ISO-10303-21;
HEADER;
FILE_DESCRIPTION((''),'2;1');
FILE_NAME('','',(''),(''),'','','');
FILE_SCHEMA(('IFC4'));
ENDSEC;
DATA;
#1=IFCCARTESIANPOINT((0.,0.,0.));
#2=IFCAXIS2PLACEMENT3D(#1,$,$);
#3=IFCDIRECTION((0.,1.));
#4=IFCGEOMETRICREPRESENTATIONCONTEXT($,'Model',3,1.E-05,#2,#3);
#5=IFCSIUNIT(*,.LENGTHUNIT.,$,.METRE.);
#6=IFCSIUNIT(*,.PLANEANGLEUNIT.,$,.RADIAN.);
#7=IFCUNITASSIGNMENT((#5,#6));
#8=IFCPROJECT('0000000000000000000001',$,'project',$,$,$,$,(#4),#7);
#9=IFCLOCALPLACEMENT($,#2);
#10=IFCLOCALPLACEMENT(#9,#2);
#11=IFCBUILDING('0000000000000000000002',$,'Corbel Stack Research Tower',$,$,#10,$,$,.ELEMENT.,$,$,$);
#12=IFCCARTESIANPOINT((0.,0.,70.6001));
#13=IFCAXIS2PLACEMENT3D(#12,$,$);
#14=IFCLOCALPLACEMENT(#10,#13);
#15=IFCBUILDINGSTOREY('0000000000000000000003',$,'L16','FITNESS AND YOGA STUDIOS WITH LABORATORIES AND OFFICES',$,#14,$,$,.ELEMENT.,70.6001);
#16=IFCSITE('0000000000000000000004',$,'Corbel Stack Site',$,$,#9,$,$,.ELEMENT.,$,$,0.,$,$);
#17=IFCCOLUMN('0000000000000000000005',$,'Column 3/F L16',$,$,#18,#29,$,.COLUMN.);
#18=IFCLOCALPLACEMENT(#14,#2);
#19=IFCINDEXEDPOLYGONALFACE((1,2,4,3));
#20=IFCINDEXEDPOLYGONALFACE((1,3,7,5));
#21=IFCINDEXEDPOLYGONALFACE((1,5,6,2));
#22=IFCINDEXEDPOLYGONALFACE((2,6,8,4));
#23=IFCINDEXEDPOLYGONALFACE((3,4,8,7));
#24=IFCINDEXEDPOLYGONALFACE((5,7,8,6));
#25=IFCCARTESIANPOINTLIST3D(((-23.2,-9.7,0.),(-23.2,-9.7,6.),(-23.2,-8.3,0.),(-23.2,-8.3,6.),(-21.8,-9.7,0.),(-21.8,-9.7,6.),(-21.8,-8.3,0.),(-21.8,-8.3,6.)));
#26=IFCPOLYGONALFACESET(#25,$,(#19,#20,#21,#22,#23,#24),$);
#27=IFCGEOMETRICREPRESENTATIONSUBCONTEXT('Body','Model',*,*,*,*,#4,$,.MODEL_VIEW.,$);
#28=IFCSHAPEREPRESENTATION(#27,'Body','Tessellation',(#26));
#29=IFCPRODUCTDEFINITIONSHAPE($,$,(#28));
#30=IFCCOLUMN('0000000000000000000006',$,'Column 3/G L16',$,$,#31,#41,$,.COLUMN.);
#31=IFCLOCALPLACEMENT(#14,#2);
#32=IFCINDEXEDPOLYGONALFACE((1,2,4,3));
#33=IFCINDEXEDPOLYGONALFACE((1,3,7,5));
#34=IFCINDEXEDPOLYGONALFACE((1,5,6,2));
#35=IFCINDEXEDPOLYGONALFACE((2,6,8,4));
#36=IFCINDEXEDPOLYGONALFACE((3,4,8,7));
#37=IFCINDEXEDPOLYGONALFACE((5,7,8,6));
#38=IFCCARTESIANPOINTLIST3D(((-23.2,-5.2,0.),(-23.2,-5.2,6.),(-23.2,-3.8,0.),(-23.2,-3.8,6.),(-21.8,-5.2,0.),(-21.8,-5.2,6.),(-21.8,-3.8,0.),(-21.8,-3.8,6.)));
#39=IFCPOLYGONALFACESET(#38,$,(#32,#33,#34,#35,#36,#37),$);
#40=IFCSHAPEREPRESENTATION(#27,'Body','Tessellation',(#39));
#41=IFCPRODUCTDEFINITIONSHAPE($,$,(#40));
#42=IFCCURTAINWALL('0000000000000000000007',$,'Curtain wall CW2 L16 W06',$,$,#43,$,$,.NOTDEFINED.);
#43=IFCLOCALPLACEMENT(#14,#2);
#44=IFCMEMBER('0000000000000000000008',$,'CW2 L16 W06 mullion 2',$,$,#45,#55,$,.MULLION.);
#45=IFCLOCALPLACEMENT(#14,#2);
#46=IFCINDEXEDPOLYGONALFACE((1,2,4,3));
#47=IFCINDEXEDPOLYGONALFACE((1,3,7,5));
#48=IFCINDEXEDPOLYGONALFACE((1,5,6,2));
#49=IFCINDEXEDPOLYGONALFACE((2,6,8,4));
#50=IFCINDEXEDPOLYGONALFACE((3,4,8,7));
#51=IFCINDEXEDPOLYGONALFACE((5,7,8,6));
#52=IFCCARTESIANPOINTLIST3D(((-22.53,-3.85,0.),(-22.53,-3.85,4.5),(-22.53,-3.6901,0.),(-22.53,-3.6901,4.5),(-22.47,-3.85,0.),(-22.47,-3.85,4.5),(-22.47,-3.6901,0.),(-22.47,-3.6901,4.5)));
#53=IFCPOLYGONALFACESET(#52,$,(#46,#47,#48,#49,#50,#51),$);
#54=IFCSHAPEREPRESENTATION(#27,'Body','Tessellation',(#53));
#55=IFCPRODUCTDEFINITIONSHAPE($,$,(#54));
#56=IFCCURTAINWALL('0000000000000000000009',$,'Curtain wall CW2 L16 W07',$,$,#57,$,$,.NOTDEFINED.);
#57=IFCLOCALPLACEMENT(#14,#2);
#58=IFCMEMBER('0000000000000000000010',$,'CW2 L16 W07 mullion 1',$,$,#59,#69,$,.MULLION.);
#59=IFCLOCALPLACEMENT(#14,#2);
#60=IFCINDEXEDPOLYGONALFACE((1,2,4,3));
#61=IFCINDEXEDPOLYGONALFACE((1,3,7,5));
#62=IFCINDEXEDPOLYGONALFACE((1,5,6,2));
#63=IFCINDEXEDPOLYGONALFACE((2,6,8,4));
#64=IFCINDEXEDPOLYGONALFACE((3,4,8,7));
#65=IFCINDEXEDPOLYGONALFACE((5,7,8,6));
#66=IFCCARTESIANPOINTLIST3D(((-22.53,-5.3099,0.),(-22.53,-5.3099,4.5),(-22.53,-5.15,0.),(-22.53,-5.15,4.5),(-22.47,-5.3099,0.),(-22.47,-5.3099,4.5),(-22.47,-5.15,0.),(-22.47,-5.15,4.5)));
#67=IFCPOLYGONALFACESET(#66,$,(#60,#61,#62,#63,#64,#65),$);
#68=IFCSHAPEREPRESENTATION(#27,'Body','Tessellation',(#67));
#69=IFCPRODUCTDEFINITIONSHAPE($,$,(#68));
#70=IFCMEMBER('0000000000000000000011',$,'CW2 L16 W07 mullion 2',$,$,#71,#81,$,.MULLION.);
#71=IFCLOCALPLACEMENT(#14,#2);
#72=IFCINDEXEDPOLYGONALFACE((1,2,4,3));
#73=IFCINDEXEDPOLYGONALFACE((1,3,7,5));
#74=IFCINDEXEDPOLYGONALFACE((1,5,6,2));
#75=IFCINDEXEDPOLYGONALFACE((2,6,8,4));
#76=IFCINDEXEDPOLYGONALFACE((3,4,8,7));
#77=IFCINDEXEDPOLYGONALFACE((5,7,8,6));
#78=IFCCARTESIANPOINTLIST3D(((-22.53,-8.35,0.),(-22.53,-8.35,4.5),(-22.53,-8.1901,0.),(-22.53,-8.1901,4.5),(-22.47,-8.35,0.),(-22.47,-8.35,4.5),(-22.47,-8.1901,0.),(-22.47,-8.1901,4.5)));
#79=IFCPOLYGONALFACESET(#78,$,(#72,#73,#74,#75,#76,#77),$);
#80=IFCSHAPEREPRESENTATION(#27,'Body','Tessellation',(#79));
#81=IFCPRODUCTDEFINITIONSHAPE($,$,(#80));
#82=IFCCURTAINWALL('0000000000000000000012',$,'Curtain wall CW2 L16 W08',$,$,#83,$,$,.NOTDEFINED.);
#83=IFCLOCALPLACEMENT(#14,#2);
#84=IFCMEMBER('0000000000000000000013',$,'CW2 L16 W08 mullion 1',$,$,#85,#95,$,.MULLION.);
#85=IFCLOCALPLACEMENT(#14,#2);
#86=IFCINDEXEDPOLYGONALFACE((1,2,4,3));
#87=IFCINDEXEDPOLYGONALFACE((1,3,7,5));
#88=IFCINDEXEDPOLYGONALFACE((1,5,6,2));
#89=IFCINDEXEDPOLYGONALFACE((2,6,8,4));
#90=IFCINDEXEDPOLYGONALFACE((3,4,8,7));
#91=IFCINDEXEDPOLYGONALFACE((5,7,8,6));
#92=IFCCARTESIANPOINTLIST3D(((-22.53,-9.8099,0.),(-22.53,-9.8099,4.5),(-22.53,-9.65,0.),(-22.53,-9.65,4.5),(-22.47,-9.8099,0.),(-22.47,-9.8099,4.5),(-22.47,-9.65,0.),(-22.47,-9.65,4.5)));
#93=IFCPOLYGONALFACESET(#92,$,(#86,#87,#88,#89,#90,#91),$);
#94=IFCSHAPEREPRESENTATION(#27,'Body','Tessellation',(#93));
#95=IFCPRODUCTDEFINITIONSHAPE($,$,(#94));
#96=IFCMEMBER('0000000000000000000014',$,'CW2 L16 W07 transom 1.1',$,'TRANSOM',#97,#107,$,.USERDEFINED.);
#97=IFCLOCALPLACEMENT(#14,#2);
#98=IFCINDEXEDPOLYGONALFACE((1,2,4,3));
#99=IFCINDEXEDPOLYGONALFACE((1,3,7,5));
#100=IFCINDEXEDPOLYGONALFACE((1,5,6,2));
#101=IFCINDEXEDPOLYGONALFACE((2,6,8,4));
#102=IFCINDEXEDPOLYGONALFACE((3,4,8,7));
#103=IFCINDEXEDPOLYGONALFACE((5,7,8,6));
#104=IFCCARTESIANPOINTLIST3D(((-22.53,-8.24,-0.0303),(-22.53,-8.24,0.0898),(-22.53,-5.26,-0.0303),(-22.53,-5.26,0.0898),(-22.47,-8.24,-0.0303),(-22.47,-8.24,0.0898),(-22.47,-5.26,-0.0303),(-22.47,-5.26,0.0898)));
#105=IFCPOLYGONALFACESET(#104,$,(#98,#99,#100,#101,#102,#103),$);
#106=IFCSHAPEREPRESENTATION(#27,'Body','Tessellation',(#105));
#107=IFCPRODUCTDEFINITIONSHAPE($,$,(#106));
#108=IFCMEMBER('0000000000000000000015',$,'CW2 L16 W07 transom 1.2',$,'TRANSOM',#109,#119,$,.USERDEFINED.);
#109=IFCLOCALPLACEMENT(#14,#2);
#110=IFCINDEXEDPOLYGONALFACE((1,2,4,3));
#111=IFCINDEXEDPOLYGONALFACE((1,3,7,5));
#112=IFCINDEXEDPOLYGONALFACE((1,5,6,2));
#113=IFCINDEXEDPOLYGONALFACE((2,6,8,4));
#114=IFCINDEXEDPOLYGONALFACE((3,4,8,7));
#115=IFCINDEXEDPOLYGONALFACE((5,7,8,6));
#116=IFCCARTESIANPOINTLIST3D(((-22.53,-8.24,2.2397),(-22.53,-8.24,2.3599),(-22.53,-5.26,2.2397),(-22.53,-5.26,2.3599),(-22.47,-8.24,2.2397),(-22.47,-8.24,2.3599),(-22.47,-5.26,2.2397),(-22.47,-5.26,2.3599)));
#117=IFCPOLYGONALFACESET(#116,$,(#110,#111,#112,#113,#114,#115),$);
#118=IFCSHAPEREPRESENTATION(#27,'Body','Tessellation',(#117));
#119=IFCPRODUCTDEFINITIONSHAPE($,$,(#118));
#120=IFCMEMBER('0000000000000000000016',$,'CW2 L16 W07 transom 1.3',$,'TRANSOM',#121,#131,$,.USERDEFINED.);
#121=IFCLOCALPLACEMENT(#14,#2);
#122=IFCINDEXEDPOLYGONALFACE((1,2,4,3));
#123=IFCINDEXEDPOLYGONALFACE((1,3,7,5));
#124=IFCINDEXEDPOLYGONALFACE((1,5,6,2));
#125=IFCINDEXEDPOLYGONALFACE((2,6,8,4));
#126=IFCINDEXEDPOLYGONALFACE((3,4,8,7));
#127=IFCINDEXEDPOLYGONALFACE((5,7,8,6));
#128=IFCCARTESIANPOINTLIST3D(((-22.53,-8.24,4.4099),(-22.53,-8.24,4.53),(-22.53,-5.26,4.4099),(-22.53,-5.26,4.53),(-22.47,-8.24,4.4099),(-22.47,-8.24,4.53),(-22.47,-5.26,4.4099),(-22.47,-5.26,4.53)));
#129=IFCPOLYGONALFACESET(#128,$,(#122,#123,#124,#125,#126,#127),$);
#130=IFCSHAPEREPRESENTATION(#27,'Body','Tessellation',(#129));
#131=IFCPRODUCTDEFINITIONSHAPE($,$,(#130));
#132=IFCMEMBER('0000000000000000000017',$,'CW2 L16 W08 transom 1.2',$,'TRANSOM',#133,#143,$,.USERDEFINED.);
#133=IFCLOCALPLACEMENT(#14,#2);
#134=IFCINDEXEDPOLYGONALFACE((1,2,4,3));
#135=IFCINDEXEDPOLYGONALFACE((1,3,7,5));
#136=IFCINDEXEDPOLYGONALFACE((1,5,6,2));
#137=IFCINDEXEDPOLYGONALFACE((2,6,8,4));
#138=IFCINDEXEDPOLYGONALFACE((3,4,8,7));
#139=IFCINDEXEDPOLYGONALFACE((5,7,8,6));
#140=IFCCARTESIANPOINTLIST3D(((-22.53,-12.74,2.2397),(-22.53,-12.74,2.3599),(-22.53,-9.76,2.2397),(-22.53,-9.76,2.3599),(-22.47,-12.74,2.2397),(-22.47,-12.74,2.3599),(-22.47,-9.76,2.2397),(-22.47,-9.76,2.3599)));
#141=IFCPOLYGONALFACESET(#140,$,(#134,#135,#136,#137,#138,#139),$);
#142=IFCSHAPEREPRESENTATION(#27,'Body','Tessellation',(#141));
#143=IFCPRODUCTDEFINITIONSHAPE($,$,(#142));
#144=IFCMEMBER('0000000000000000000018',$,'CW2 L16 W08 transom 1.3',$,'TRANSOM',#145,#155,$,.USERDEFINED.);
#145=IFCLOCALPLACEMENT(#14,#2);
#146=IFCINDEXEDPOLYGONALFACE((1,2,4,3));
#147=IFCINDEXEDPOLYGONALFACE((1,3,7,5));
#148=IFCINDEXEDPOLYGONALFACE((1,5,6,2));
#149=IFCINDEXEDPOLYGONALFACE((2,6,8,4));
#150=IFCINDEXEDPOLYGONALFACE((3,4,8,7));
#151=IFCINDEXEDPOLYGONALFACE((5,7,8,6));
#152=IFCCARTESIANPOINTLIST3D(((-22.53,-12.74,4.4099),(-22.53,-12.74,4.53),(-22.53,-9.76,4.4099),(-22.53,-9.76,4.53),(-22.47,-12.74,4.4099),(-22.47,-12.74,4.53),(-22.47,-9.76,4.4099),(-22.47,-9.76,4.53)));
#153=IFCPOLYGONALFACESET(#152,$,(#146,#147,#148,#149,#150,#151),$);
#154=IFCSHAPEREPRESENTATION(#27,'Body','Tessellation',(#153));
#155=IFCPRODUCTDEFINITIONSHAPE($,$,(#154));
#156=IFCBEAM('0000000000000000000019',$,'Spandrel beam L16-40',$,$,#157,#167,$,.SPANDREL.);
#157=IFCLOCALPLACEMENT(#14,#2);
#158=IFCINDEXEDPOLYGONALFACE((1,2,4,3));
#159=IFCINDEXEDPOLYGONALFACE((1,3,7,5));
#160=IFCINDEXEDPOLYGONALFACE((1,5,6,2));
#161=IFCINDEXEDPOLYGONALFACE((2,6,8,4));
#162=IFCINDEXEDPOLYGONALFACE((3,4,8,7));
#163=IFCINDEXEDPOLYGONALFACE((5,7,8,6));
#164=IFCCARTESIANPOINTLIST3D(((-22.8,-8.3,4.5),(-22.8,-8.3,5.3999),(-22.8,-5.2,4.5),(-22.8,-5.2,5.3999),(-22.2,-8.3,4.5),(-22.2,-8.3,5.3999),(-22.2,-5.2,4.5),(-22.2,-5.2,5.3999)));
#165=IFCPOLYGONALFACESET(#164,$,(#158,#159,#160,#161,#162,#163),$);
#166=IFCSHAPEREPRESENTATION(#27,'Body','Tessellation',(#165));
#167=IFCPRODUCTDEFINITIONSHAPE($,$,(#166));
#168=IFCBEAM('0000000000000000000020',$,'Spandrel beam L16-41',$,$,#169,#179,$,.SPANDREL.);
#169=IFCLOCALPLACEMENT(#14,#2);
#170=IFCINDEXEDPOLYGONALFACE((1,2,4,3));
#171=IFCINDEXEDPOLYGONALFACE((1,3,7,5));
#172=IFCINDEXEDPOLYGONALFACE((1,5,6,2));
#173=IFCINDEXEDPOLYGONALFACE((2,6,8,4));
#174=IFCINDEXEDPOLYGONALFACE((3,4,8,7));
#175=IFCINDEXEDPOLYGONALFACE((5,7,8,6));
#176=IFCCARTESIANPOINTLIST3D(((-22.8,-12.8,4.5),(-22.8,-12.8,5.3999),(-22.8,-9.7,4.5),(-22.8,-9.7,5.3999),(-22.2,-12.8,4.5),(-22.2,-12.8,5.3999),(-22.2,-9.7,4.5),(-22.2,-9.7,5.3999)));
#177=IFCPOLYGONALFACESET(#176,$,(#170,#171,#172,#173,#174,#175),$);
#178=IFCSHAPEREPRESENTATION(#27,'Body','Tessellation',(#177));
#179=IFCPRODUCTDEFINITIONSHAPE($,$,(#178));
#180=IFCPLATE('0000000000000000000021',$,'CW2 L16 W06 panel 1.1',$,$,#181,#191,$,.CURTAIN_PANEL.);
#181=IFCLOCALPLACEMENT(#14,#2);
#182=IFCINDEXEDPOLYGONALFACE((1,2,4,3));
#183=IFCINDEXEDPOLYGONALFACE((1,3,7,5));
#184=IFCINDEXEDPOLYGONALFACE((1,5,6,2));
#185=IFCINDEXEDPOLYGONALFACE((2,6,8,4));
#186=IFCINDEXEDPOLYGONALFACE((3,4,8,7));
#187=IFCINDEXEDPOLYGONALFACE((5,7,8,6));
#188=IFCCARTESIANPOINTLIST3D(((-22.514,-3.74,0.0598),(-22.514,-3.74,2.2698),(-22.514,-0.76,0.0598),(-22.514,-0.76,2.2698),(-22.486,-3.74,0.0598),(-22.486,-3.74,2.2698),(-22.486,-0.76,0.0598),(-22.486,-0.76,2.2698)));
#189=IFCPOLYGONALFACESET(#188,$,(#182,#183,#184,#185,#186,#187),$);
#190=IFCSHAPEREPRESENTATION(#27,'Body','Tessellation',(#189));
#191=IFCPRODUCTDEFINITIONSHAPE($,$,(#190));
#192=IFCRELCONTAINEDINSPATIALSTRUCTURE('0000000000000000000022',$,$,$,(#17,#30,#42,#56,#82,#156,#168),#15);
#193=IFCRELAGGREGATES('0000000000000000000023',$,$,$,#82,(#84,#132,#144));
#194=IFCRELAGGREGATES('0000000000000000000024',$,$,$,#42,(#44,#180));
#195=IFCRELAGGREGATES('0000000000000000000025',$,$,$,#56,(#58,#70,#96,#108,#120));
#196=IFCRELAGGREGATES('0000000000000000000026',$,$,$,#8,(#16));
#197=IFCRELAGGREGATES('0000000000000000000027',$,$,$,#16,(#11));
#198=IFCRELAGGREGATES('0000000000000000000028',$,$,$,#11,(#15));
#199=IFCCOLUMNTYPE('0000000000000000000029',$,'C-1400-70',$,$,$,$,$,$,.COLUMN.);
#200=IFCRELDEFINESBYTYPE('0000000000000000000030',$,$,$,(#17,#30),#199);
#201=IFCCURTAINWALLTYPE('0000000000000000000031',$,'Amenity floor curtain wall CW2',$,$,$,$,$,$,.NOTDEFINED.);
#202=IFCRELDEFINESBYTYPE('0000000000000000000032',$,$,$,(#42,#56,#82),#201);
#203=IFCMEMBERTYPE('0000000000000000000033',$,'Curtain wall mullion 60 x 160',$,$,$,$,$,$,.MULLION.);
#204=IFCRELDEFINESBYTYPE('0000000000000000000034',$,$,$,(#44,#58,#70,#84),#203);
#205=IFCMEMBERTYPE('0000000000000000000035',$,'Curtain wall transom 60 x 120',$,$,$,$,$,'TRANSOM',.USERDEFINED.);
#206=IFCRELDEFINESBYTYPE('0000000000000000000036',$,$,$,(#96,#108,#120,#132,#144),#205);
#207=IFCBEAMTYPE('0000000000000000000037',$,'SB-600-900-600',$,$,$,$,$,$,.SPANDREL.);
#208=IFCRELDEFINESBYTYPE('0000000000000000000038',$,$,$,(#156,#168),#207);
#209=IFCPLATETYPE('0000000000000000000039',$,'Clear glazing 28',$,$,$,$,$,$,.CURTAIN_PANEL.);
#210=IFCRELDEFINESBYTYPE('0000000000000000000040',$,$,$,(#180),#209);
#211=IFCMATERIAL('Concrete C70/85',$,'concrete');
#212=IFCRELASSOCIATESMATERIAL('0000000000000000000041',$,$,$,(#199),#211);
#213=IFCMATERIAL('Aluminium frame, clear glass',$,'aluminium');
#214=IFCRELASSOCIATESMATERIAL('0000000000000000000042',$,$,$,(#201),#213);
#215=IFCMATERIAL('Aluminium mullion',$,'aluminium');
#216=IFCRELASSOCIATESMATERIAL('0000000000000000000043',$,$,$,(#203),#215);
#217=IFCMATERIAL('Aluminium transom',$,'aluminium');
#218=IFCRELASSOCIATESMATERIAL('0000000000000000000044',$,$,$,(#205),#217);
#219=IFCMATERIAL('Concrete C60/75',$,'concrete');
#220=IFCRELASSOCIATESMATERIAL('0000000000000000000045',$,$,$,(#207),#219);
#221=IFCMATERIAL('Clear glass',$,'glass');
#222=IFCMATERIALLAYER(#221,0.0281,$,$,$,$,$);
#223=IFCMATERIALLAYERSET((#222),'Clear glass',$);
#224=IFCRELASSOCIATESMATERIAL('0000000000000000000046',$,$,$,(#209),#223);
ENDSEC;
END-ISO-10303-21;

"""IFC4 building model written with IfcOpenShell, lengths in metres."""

from ifc_helpers import new_model, si_unit, direction, frame, origin, origin_2d, place, context, subcontext, project, spatial, rectangle, extrude, material, layer, layer_set, material_profile, profile_set, type_object, element, aggregate, save


model = new_model("IFC4")

# Units and contexts
model_context = context("Model", 3, precision=1e-05, world=origin(), true_north=direction((0.0, 1.0)))
body_context = subcontext(model_context, "Body", "Model", "MODEL_VIEW")
ifc_project = project(units=[si_unit("LENGTHUNIT", "METRE"), si_unit("PLANEANGLEUNIT", "RADIAN")], contexts=[model_context])

# Site, building, storey
site_placement = place(None, origin())
site = spatial("IfcSite", under=ifc_project, at=site_placement, Name="Corbel Stack Site", CompositionType="ELEMENT", RefElevation=0.0)
building_placement = place(site_placement, origin())
building = spatial("IfcBuilding", under=site, at=building_placement, Name="Corbel Stack Research Tower", CompositionType="ELEMENT")
storey_placement = place(building_placement, frame((0.0, 0.0, 70.6001)))
storey = spatial("IfcBuildingStorey", under=building, at=storey_placement, Name="L16", Description="FITNESS AND YOGA STUDIOS WITH LABORATORIES AND OFFICES", CompositionType="ELEMENT", Elevation=70.6001)

# Columns
ifc_material_1 = material(Name="Concrete C70/85", Category="concrete")
ifc_material_profile_1 = material_profile(ifc_material_1, rectangle(XDim=1.3999, YDim=1.3999, at=origin_2d()), Name="RC 1400 x 1400")
ifc_profile_set_1 = profile_set([ifc_material_profile_1], Name="Concrete C70/85")
column_type = type_object("IfcColumnType", Name="C-1400-70", PredefinedType="COLUMN", material=ifc_profile_set_1)
for number, where, z_axis, x_axis, name in (
    (1, (-22.5, -9.0, 0.0), (0.0, 0.0, 1.0), (1.0, 0.0, 0.0), "Column 3/F L16"),
    (2, (-22.5, -4.5, 0.0), (0.0, 0.0, 1.0), (1.0, 0.0, 0.0), "Column 3/G L16"),
):
    element("IfcColumn", number, at=place(storey_placement, frame(where, z_axis=z_axis, x_axis=x_axis)), inside=storey, type_object=column_type, Name=name, PredefinedType="COLUMN", context=body_context, shape_type="SweptSolid", body=[
        extrude(rectangle(XDim=1.3999, YDim=1.3999, at=origin_2d()), origin(), (0.0, 0.0, 1.0), 6.0),
    ])

# Curtain wall, member
ifc_material_2 = material(Name="Aluminium frame, clear glass", Category="aluminium")
curtain_wall_type = type_object("IfcCurtainWallType", Name="Amenity floor curtain wall CW2", PredefinedType="NOTDEFINED", material=ifc_material_2)
curtain_wall_1_placement = place(storey_placement, origin())
curtain_wall_1 = element("IfcCurtainWall", 3, at=curtain_wall_1_placement, inside=storey, type_object=curtain_wall_type, Name="Curtain wall CW2 L16 W06", PredefinedType="NOTDEFINED")
ifc_material_3 = material(Name="Aluminium mullion", Category="aluminium")
ifc_material_profile_2 = material_profile(ifc_material_3, rectangle(XDim=0.0601, YDim=0.1599, at=origin_2d()), Name="Mullion 60 x 160")
ifc_profile_set_2 = profile_set([ifc_material_profile_2], Name="Aluminium mullion")
member_type_1 = type_object("IfcMemberType", Name="Curtain wall mullion 60 x 160", PredefinedType="MULLION", material=ifc_profile_set_2)
member_1_placement = place(storey_placement, frame((-22.5, -3.77, 0.0), z_axis=(0.0, 0.0, 1.0), x_axis=(1.0, 0.0, 0.0)))
member_1 = element("IfcMember", 4, at=member_1_placement, type_object=member_type_1, Name="CW2 L16 W06 mullion 2", PredefinedType="MULLION", context=body_context, shape_type="SweptSolid", body=[
    extrude(rectangle(XDim=0.0601, YDim=0.1599, at=origin_2d()), origin(), (0.0, 0.0, 1.0), 4.5),
])

# Curtain wall, members
curtain_wall_2_placement = place(storey_placement, origin())
curtain_wall_2 = element("IfcCurtainWall", 5, at=curtain_wall_2_placement, inside=storey, type_object=curtain_wall_type, Name="Curtain wall CW2 L16 W07", PredefinedType="NOTDEFINED")
member_2_placement = place(storey_placement, frame((-22.5, -5.23, 0.0), z_axis=(0.0, 0.0, 1.0), x_axis=(1.0, 0.0, 0.0)))
member_2 = element("IfcMember", 6, at=member_2_placement, type_object=member_type_1, Name="CW2 L16 W07 mullion 1", PredefinedType="MULLION", context=body_context, shape_type="SweptSolid", body=[
    extrude(rectangle(XDim=0.0601, YDim=0.1599, at=origin_2d()), origin(), (0.0, 0.0, 1.0), 4.5),
])
member_3_placement = place(storey_placement, frame((-22.5, -8.27, 0.0), z_axis=(0.0, 0.0, 1.0), x_axis=(1.0, 0.0, 0.0)))
member_3 = element("IfcMember", 7, at=member_3_placement, type_object=member_type_1, Name="CW2 L16 W07 mullion 2", PredefinedType="MULLION", context=body_context, shape_type="SweptSolid", body=[
    extrude(rectangle(XDim=0.0601, YDim=0.1599, at=origin_2d()), origin(), (0.0, 0.0, 1.0), 4.5),
])

# Curtain wall, member
curtain_wall_3_placement = place(storey_placement, origin())
curtain_wall_3 = element("IfcCurtainWall", 8, at=curtain_wall_3_placement, inside=storey, type_object=curtain_wall_type, Name="Curtain wall CW2 L16 W08", PredefinedType="NOTDEFINED")
member_4_placement = place(storey_placement, frame((-22.5, -9.73, 0.0), z_axis=(0.0, 0.0, 1.0), x_axis=(1.0, 0.0, 0.0)))
member_4 = element("IfcMember", 9, at=member_4_placement, type_object=member_type_1, Name="CW2 L16 W08 mullion 1", PredefinedType="MULLION", context=body_context, shape_type="SweptSolid", body=[
    extrude(rectangle(XDim=0.0601, YDim=0.1599, at=origin_2d()), origin(), (0.0, 0.0, 1.0), 4.5),
])

# Members
ifc_material_4 = material(Name="Aluminium transom", Category="aluminium")
ifc_material_profile_3 = material_profile(ifc_material_4, rectangle(XDim=0.0601, YDim=0.1201, at=origin_2d()), Name="Transom 60 x 120")
ifc_profile_set_3 = profile_set([ifc_material_profile_3], Name="Aluminium transom")
member_type_2 = type_object("IfcMemberType", Name="Curtain wall transom 60 x 120", ElementType="TRANSOM", PredefinedType="USERDEFINED", material=ifc_profile_set_3)
member_5_placement = place(storey_placement, frame((-22.5, -5.26, 0.0298), z_axis=(0.0, -1.0, 0.0), x_axis=(1.0, 0.0, 0.0)))
member_5 = element("IfcMember", 10, at=member_5_placement, type_object=member_type_2, Name="CW2 L16 W07 transom 1.1", ObjectType="TRANSOM", PredefinedType="USERDEFINED", context=body_context, shape_type="SweptSolid", body=[
    extrude(rectangle(XDim=0.0601, YDim=0.1201, at=origin_2d()), origin(), (0.0, 0.0, 1.0), 2.98),
])
member_6_placement = place(storey_placement, frame((-22.5, -5.26, 2.2998), z_axis=(0.0, -1.0, 0.0), x_axis=(1.0, 0.0, 0.0)))
member_6 = element("IfcMember", 11, at=member_6_placement, type_object=member_type_2, Name="CW2 L16 W07 transom 1.2", ObjectType="TRANSOM", PredefinedType="USERDEFINED", context=body_context, shape_type="SweptSolid", body=[
    extrude(rectangle(XDim=0.0601, YDim=0.1201, at=origin_2d()), origin(), (0.0, 0.0, 1.0), 2.98),
])
member_7_placement = place(storey_placement, frame((-22.5, -5.26, 4.47), z_axis=(0.0, -1.0, 0.0), x_axis=(1.0, 0.0, 0.0)))
member_7 = element("IfcMember", 12, at=member_7_placement, type_object=member_type_2, Name="CW2 L16 W07 transom 1.3", ObjectType="TRANSOM", PredefinedType="USERDEFINED", context=body_context, shape_type="SweptSolid", body=[
    extrude(rectangle(XDim=0.0601, YDim=0.1201, at=origin_2d()), origin(), (0.0, 0.0, 1.0), 2.98),
])
member_8_placement = place(storey_placement, frame((-22.5, -9.76, 2.2998), z_axis=(0.0, -1.0, 0.0), x_axis=(1.0, 0.0, 0.0)))
member_8 = element("IfcMember", 13, at=member_8_placement, type_object=member_type_2, Name="CW2 L16 W08 transom 1.2", ObjectType="TRANSOM", PredefinedType="USERDEFINED", context=body_context, shape_type="SweptSolid", body=[
    extrude(rectangle(XDim=0.0601, YDim=0.1201, at=origin_2d()), origin(), (0.0, 0.0, 1.0), 2.98),
])
member_9_placement = place(storey_placement, frame((-22.5, -9.76, 4.47), z_axis=(0.0, -1.0, 0.0), x_axis=(1.0, 0.0, 0.0)))
member_9 = element("IfcMember", 14, at=member_9_placement, type_object=member_type_2, Name="CW2 L16 W08 transom 1.3", ObjectType="TRANSOM", PredefinedType="USERDEFINED", context=body_context, shape_type="SweptSolid", body=[
    extrude(rectangle(XDim=0.0601, YDim=0.1201, at=origin_2d()), origin(), (0.0, 0.0, 1.0), 2.98),
])
aggregate(curtain_wall_3, [member_4, member_8, member_9])

# Beams
ifc_material_5 = material(Name="Concrete C60/75", Category="concrete")
ifc_material_profile_4 = material_profile(ifc_material_5, rectangle(XDim=0.6001, YDim=0.8999, at=origin_2d()), Name="RC 600 x 900")
ifc_profile_set_4 = profile_set([ifc_material_profile_4], Name="Concrete C60/75")
beam_type = type_object("IfcBeamType", Name="SB-600-900-600", PredefinedType="SPANDREL", material=ifc_profile_set_4)
for number, where, z_axis, x_axis, name in (
    (15, (-22.5, -5.2, 4.95), (0.0, -1.0, 0.0), (1.0, 0.0, 0.0), "Spandrel beam L16-40"),
    (16, (-22.5, -9.7, 4.95), (0.0, -1.0, 0.0), (1.0, 0.0, 0.0), "Spandrel beam L16-41"),
):
    element("IfcBeam", number, at=place(storey_placement, frame(where, z_axis=z_axis, x_axis=x_axis)), inside=storey, type_object=beam_type, Name=name, PredefinedType="SPANDREL", context=body_context, shape_type="SweptSolid", body=[
        extrude(rectangle(XDim=0.6001, YDim=0.8999, at=origin_2d()), origin(), (0.0, 0.0, 1.0), 3.1001),
    ])

# Plate
ifc_material_6 = material(Name="Clear glass", Category="glass")
ifc_layer = layer(ifc_material_6, 0.0281)
ifc_layer_set = layer_set([ifc_layer], Name="Clear glass")
plate_type = type_object("IfcPlateType", Name="Clear glazing 28", PredefinedType="CURTAIN_PANEL", material=ifc_layer_set)
plate_1_placement = place(storey_placement, frame((-22.5, -2.25, 0.0598), z_axis=(0.0, 0.0, 1.0), x_axis=(0.0, -1.0, 0.0)))
plate_1 = element("IfcPlate", 17, at=plate_1_placement, type_object=plate_type, Name="CW2 L16 W06 panel 1.1", PredefinedType="CURTAIN_PANEL", context=body_context, shape_type="SweptSolid", body=[
    extrude(rectangle(XDim=2.98, YDim=0.0281, at=origin_2d()), origin(), (0.0, 0.0, 1.0), 2.21),
])
aggregate(curtain_wall_1, [member_1, plate_1])
aggregate(curtain_wall_2, [member_2, member_3, member_5, member_6, member_7])

save(model, "model.ifc")
